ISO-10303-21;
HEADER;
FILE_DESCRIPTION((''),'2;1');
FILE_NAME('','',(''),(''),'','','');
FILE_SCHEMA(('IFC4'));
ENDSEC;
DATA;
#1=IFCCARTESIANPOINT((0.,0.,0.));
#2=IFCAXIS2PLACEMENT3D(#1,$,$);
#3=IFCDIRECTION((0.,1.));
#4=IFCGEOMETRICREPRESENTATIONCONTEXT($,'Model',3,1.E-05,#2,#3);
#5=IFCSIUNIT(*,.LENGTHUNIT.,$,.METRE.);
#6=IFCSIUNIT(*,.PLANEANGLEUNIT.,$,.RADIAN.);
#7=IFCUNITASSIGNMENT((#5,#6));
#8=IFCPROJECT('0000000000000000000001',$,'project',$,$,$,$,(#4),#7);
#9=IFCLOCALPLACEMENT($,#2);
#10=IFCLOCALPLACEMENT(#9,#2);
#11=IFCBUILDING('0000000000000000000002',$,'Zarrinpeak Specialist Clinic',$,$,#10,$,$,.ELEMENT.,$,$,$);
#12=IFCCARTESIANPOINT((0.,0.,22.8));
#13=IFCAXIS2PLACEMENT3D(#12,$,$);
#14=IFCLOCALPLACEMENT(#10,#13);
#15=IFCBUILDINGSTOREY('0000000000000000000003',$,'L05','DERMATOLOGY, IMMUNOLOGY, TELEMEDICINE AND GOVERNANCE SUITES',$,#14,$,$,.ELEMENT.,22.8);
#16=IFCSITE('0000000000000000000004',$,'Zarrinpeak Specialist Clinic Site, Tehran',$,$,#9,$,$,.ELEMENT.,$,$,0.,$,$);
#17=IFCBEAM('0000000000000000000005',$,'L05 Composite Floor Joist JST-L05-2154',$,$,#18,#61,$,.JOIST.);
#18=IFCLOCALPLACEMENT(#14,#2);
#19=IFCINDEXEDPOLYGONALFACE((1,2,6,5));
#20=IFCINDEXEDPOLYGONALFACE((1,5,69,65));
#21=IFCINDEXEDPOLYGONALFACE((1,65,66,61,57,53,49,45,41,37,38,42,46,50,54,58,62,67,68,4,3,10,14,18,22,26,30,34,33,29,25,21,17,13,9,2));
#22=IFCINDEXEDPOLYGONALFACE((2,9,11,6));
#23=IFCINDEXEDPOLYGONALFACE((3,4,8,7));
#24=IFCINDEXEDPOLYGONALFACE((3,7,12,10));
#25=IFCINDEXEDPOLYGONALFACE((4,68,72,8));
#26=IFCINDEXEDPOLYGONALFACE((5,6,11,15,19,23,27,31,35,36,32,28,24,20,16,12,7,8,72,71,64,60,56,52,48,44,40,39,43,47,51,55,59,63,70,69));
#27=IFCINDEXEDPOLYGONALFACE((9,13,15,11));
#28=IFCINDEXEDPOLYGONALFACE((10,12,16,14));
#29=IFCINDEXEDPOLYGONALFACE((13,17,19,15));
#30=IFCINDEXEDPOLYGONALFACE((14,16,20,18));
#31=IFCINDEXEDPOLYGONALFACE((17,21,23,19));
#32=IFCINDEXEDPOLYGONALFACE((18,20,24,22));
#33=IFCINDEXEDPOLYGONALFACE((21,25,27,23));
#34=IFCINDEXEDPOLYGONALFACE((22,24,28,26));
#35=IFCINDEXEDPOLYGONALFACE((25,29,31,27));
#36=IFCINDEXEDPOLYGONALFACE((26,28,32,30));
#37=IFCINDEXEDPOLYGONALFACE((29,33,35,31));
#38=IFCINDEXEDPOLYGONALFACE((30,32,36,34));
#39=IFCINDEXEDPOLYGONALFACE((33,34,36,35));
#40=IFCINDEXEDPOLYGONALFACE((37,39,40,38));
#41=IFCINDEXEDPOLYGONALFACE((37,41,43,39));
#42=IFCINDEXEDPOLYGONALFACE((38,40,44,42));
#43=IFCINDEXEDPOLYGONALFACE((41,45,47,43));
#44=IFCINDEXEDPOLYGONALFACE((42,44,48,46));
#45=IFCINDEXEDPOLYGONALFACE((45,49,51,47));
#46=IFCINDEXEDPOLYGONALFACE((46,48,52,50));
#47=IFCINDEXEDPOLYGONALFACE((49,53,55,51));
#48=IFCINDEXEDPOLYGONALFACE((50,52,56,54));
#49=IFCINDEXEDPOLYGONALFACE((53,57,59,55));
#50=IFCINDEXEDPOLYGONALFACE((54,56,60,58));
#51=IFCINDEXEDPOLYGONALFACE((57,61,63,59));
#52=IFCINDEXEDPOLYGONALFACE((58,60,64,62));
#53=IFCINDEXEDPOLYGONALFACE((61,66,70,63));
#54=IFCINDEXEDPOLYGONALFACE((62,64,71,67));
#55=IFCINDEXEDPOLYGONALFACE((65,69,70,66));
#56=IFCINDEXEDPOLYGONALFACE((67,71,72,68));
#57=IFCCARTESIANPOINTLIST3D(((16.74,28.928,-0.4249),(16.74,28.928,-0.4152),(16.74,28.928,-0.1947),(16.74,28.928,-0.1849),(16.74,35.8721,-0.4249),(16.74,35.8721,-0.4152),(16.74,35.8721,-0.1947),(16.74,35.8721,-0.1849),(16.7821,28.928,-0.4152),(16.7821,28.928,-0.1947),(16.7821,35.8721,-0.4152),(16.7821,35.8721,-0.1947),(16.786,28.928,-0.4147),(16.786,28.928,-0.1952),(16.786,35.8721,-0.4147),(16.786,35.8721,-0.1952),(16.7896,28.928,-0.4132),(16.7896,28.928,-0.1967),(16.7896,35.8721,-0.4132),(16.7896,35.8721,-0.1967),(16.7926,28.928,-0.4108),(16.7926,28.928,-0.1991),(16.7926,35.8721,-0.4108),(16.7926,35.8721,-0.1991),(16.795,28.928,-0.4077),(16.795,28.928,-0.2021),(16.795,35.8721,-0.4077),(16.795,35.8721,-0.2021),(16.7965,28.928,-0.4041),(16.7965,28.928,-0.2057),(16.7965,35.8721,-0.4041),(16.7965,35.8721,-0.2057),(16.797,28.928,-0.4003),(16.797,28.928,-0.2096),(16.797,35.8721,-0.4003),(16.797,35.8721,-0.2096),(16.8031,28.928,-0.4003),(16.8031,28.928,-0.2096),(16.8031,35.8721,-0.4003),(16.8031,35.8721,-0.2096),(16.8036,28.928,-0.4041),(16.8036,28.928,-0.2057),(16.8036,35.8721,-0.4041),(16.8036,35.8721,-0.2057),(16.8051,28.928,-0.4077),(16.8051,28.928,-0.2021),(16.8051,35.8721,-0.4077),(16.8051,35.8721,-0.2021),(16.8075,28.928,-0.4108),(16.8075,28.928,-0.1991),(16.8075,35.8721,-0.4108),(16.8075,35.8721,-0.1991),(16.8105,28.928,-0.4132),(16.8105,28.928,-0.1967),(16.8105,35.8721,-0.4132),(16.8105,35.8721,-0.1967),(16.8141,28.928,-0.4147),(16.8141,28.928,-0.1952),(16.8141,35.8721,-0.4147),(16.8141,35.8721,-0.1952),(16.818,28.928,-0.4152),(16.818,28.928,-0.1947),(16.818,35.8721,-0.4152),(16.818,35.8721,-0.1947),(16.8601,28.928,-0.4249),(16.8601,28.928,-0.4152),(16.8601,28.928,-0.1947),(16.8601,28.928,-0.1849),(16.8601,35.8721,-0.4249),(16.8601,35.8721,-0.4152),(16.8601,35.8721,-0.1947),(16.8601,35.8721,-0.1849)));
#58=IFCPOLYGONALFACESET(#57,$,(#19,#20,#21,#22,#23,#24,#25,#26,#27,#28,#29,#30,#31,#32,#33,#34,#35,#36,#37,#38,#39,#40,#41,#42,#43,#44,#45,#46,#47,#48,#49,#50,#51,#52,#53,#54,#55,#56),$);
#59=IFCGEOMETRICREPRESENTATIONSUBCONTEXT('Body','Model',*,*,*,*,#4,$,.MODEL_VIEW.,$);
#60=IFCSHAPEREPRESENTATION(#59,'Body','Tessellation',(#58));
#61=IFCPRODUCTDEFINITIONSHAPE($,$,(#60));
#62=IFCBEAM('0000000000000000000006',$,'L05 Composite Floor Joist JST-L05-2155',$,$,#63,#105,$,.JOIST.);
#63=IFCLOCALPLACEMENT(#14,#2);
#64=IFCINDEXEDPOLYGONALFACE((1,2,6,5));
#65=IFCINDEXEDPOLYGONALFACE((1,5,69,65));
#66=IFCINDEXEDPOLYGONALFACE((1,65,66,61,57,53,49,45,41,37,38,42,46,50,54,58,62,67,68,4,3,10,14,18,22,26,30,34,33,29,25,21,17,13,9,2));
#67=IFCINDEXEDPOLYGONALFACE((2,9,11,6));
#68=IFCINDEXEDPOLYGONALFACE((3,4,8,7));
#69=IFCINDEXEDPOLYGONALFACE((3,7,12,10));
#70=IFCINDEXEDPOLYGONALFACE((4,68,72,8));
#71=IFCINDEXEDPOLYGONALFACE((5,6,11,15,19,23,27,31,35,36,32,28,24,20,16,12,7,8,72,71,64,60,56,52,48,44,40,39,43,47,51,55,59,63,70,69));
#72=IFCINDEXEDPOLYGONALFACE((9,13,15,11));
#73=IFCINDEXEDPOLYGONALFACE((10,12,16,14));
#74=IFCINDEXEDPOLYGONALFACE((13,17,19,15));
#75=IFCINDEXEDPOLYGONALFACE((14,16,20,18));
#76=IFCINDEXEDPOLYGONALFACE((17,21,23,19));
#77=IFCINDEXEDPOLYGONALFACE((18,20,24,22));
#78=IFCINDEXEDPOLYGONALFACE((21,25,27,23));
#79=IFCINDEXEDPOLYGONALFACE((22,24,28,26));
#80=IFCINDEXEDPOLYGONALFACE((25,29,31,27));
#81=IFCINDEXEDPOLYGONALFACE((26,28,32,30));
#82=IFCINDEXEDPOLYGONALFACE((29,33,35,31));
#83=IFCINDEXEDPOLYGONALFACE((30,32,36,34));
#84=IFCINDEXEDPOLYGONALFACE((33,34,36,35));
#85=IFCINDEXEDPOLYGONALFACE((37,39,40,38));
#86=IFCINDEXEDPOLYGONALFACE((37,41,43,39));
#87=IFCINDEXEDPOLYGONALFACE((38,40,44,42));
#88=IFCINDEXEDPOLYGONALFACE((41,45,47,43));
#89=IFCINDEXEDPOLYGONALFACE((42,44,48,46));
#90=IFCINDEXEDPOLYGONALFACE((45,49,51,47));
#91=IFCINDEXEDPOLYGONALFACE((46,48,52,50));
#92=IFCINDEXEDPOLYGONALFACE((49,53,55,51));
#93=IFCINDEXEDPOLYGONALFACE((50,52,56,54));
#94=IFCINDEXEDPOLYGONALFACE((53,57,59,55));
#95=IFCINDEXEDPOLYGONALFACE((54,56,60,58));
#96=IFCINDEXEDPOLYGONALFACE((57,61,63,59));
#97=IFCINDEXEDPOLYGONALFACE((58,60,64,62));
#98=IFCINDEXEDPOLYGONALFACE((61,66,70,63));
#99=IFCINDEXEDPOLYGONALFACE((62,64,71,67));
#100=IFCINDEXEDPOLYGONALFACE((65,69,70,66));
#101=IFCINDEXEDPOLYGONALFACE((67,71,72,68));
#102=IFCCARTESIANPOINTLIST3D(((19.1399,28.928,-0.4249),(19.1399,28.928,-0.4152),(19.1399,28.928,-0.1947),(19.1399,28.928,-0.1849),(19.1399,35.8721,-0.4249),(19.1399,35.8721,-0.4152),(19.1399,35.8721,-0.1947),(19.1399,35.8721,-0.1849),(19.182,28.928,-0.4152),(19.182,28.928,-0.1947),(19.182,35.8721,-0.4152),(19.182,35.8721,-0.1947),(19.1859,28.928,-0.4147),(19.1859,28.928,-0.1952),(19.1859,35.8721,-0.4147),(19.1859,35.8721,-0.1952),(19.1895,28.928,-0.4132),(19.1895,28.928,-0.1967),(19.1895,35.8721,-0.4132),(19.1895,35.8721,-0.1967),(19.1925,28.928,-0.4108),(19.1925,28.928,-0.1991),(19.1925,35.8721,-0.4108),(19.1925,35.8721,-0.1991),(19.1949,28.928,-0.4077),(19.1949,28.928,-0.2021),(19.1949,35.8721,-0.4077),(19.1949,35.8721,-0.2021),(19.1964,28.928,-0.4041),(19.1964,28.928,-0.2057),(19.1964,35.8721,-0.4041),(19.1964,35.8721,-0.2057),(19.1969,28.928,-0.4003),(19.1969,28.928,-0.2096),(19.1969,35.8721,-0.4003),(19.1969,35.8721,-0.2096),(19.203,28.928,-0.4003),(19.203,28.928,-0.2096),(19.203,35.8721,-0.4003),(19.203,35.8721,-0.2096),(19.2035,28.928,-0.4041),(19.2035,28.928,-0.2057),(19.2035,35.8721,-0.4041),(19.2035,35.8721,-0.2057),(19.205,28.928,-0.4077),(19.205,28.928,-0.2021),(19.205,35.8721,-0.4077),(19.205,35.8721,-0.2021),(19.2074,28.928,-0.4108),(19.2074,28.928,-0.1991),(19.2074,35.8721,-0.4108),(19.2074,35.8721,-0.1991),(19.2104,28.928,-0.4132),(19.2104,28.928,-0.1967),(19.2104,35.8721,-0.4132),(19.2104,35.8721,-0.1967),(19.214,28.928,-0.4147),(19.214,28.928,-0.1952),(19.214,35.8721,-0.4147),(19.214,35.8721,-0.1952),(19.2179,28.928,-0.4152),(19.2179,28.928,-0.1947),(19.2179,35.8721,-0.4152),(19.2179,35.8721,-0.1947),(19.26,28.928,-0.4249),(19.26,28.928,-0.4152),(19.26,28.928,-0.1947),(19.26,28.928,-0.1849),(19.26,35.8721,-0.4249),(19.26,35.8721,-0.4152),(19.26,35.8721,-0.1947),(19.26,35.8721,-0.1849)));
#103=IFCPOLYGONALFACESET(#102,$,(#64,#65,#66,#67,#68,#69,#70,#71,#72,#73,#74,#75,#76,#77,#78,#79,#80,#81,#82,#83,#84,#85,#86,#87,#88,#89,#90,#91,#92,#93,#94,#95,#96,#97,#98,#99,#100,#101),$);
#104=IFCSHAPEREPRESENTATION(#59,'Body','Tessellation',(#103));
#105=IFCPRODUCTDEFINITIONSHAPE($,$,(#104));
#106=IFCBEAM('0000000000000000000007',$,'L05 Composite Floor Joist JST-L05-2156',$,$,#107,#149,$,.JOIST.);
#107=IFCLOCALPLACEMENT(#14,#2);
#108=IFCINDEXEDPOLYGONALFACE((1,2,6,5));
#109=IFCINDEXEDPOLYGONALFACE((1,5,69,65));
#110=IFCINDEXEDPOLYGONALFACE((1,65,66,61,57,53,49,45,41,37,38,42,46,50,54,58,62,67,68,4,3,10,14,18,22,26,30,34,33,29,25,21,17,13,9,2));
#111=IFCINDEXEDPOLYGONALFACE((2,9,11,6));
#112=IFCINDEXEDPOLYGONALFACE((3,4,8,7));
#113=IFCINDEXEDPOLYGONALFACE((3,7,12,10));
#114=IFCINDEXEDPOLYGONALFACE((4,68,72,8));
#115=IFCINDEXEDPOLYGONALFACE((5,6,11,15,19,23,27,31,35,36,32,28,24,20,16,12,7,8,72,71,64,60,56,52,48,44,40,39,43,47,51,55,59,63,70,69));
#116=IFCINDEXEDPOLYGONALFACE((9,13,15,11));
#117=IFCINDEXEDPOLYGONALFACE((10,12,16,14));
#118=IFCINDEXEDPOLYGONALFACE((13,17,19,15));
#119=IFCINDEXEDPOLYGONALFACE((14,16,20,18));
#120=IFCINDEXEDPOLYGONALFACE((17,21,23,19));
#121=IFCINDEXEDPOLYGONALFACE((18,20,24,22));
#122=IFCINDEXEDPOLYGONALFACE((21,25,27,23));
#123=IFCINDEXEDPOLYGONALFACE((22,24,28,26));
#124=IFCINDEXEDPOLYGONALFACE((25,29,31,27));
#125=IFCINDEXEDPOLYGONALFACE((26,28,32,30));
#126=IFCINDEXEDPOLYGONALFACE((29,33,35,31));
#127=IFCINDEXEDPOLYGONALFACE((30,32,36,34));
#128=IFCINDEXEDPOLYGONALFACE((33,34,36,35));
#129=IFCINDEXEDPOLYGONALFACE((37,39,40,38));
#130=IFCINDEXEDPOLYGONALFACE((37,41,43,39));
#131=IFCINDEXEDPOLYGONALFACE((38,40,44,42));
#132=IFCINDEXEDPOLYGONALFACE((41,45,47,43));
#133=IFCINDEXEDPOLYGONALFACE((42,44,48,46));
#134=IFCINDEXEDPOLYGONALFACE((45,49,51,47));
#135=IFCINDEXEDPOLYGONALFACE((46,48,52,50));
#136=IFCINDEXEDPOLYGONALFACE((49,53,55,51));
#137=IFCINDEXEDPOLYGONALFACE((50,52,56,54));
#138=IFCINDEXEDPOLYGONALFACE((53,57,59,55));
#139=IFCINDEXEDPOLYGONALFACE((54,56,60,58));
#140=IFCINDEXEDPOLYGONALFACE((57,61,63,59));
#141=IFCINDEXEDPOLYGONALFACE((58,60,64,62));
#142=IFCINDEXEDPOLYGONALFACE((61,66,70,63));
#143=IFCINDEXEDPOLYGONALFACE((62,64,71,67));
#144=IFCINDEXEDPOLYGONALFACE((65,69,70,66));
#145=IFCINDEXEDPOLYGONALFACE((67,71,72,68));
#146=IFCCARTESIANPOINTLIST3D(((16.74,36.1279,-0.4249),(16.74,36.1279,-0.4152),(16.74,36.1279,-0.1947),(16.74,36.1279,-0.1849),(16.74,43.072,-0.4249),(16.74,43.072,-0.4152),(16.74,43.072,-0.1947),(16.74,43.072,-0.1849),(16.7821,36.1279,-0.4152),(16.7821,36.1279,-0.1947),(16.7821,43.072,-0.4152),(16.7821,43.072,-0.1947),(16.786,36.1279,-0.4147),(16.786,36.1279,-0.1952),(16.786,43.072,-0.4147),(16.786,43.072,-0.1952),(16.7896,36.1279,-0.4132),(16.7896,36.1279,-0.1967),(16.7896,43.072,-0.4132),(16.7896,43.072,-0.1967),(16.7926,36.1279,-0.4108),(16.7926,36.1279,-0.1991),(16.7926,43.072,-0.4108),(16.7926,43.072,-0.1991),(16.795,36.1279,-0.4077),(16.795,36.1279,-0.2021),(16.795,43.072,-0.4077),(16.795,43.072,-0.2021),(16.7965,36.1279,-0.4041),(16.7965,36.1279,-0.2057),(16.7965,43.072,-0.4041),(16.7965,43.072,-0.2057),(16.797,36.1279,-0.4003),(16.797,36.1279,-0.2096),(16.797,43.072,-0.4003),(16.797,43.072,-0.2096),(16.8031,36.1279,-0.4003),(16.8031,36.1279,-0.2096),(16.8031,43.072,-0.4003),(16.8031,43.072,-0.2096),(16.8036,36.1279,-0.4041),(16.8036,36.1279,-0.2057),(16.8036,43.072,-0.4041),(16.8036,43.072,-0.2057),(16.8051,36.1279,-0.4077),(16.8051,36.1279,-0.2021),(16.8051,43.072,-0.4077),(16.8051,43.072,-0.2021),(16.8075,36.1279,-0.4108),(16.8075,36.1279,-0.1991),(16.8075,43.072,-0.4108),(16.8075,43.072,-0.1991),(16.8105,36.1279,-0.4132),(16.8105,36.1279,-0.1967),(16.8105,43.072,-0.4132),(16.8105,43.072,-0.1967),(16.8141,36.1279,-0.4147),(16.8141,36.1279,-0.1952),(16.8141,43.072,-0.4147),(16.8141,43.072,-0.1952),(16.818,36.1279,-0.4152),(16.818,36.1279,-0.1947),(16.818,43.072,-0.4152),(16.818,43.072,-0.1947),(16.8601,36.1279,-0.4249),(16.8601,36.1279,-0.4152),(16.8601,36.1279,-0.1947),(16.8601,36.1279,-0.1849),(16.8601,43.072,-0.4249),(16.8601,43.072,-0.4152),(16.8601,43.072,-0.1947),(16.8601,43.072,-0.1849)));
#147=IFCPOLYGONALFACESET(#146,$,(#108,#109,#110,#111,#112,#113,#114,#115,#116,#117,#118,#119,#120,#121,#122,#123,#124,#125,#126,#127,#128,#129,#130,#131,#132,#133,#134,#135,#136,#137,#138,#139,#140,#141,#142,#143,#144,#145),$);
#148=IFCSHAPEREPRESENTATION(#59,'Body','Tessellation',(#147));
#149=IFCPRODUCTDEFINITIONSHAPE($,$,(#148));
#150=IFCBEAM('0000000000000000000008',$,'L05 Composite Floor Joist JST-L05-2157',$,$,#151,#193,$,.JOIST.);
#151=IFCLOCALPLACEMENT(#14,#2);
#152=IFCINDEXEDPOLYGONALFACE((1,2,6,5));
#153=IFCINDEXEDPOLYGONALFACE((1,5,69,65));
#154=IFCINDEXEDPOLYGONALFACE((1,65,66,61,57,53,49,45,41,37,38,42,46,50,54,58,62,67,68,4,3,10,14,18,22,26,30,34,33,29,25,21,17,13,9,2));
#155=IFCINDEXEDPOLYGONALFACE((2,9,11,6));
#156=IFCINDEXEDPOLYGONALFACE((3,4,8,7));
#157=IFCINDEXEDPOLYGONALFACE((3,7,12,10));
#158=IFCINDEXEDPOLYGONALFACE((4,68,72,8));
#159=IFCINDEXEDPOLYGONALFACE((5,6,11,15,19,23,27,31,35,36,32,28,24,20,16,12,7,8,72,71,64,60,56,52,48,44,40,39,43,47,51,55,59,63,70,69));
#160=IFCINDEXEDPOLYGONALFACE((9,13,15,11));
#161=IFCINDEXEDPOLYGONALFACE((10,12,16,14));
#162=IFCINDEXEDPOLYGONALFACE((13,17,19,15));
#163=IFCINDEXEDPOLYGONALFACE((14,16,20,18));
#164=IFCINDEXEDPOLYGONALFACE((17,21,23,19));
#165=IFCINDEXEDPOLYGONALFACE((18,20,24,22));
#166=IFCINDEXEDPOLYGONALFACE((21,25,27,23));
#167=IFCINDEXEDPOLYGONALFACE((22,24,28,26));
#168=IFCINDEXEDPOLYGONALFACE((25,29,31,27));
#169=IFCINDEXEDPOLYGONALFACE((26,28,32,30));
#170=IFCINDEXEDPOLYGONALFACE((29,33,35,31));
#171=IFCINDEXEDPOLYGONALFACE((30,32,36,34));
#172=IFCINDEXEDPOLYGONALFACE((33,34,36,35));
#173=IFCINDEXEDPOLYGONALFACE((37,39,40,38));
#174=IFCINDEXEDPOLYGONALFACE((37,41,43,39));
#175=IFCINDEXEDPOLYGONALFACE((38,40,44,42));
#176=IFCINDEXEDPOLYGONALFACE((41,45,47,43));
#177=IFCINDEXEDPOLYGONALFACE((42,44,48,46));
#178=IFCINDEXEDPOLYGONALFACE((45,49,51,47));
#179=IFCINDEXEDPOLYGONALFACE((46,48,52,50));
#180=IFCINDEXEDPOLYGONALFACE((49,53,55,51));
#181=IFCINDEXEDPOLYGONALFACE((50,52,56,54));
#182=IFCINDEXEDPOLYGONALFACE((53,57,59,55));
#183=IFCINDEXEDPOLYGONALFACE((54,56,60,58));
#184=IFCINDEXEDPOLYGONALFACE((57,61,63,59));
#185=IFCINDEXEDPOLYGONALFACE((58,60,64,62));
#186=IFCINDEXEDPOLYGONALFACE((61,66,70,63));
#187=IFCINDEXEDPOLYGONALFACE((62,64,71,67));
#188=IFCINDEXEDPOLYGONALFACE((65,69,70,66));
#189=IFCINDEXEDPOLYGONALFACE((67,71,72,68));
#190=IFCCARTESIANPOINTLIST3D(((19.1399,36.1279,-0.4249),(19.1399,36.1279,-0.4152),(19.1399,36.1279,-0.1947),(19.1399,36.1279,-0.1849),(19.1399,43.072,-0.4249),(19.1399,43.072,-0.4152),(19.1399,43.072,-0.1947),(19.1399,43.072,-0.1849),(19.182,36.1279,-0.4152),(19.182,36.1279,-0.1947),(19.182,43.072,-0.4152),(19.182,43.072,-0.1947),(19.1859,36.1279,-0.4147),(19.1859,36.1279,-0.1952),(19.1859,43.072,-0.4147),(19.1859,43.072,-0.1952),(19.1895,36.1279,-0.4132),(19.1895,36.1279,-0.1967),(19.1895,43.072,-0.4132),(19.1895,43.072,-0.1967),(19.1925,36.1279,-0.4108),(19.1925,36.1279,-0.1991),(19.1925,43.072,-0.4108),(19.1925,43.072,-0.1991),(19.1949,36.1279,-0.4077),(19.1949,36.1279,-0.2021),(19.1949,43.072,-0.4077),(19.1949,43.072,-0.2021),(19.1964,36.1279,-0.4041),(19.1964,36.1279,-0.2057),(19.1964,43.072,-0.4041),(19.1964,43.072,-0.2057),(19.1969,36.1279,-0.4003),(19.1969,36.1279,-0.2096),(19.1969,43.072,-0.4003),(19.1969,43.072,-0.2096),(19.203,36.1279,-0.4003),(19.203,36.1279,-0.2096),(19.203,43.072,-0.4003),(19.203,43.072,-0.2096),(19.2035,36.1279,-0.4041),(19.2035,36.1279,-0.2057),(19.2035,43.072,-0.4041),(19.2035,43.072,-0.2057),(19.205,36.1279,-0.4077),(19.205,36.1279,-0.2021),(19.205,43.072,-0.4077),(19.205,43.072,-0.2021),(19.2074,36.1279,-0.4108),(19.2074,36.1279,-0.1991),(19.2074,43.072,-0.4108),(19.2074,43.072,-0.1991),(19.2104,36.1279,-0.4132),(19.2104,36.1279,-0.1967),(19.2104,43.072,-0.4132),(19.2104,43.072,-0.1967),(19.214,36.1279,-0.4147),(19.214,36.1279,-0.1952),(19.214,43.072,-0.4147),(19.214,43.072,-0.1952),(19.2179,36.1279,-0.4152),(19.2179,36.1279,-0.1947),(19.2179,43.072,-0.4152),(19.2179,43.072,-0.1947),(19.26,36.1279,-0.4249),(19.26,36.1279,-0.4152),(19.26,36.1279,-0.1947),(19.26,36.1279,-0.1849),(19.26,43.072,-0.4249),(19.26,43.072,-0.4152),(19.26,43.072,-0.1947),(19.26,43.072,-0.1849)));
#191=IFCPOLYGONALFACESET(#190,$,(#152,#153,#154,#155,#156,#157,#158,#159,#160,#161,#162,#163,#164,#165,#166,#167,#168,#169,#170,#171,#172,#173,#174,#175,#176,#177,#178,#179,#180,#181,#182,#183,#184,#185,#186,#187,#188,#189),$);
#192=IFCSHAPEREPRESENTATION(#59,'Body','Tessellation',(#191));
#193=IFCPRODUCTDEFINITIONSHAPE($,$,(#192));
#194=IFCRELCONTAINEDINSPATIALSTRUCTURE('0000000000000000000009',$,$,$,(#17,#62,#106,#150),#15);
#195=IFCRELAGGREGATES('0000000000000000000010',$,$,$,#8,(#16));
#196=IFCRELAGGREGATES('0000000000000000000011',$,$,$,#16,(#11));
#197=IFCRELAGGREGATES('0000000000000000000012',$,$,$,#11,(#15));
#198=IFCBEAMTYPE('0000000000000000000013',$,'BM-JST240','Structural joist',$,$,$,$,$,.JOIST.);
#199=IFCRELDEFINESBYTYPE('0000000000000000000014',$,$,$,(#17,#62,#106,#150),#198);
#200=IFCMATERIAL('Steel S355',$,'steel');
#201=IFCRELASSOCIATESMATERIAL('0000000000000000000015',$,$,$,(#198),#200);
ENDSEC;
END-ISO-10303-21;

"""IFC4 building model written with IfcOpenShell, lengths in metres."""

from ifc_helpers import new_model, si_unit, direction, frame, origin, origin_2d, place, context, subcontext, project, spatial, i_section, extrude, material, material_profile, profile_set, type_object, element, save


model = new_model("IFC4")

# Units and contexts
model_context = context("Model", 3, precision=1e-05, world=origin(), true_north=direction((0.0, 1.0)))
body_context = subcontext(model_context, "Body", "Model", "MODEL_VIEW")
ifc_project = project(units=[si_unit("LENGTHUNIT", "METRE"), si_unit("PLANEANGLEUNIT", "RADIAN")], contexts=[model_context])

# Site, building, storey
site_placement = place(None, origin())
site = spatial("IfcSite", under=ifc_project, at=site_placement, Name="Zarrinpeak Specialist Clinic Site, Tehran", CompositionType="ELEMENT", RefElevation=0.0)
building_placement = place(site_placement, origin())
building = spatial("IfcBuilding", under=site, at=building_placement, Name="Zarrinpeak Specialist Clinic", CompositionType="ELEMENT")
storey_placement = place(building_placement, frame((0.0, 0.0, 22.8)))
storey = spatial("IfcBuildingStorey", under=building, at=storey_placement, Name="L05", Description="DERMATOLOGY, IMMUNOLOGY, TELEMEDICINE AND GOVERNANCE SUITES", CompositionType="ELEMENT", Elevation=22.8)

# Shared definitions
ifc_material_1 = material(Name="Steel S355", Category="steel")

# Beams
ifc_material_profile_1 = material_profile(ifc_material_1, i_section(OverallWidth=0.1201, OverallDepth=0.24, WebThickness=0.0061, FlangeThickness=0.0098, FilletRadius=0.0149, at=origin_2d()), Name="IPE 240")
ifc_profile_set_1 = profile_set([ifc_material_profile_1], Name="Steel S355")
beam_type_1 = type_object("IfcBeamType", Name="BM-JST240", Description="Structural joist", PredefinedType="JOIST", material=ifc_profile_set_1)
for number, where, z_axis, x_axis, name in (
    (1, (16.8, 28.928, -0.3049), (0.0, 1.0, 0.0), (-1.0, 0.0, 0.0), "L05 Composite Floor Joist JST-L05-2154"),
    (2, (19.2, 28.928, -0.3049), (0.0, 1.0, 0.0), (-1.0, 0.0, 0.0), "L05 Composite Floor Joist JST-L05-2155"),
    (3, (16.8, 36.1279, -0.3049), (0.0, 1.0, 0.0), (-1.0, 0.0, 0.0), "L05 Composite Floor Joist JST-L05-2156"),
    (4, (19.2, 36.1279, -0.3049), (0.0, 1.0, 0.0), (-1.0, 0.0, 0.0), "L05 Composite Floor Joist JST-L05-2157"),
):
    element("IfcBeam", number, at=place(storey_placement, frame(where, z_axis=z_axis, x_axis=x_axis)), inside=storey, type_object=beam_type_1, Name=name, PredefinedType="JOIST", context=body_context, shape_type="SweptSolid", body=[
        extrude(i_section(OverallWidth=0.1201, OverallDepth=0.24, WebThickness=0.0061, FlangeThickness=0.0098, FilletRadius=0.0149, at=origin_2d()), origin(), (0.0, 0.0, 1.0), 6.9441),
    ])

save(model, "model.ifc")
